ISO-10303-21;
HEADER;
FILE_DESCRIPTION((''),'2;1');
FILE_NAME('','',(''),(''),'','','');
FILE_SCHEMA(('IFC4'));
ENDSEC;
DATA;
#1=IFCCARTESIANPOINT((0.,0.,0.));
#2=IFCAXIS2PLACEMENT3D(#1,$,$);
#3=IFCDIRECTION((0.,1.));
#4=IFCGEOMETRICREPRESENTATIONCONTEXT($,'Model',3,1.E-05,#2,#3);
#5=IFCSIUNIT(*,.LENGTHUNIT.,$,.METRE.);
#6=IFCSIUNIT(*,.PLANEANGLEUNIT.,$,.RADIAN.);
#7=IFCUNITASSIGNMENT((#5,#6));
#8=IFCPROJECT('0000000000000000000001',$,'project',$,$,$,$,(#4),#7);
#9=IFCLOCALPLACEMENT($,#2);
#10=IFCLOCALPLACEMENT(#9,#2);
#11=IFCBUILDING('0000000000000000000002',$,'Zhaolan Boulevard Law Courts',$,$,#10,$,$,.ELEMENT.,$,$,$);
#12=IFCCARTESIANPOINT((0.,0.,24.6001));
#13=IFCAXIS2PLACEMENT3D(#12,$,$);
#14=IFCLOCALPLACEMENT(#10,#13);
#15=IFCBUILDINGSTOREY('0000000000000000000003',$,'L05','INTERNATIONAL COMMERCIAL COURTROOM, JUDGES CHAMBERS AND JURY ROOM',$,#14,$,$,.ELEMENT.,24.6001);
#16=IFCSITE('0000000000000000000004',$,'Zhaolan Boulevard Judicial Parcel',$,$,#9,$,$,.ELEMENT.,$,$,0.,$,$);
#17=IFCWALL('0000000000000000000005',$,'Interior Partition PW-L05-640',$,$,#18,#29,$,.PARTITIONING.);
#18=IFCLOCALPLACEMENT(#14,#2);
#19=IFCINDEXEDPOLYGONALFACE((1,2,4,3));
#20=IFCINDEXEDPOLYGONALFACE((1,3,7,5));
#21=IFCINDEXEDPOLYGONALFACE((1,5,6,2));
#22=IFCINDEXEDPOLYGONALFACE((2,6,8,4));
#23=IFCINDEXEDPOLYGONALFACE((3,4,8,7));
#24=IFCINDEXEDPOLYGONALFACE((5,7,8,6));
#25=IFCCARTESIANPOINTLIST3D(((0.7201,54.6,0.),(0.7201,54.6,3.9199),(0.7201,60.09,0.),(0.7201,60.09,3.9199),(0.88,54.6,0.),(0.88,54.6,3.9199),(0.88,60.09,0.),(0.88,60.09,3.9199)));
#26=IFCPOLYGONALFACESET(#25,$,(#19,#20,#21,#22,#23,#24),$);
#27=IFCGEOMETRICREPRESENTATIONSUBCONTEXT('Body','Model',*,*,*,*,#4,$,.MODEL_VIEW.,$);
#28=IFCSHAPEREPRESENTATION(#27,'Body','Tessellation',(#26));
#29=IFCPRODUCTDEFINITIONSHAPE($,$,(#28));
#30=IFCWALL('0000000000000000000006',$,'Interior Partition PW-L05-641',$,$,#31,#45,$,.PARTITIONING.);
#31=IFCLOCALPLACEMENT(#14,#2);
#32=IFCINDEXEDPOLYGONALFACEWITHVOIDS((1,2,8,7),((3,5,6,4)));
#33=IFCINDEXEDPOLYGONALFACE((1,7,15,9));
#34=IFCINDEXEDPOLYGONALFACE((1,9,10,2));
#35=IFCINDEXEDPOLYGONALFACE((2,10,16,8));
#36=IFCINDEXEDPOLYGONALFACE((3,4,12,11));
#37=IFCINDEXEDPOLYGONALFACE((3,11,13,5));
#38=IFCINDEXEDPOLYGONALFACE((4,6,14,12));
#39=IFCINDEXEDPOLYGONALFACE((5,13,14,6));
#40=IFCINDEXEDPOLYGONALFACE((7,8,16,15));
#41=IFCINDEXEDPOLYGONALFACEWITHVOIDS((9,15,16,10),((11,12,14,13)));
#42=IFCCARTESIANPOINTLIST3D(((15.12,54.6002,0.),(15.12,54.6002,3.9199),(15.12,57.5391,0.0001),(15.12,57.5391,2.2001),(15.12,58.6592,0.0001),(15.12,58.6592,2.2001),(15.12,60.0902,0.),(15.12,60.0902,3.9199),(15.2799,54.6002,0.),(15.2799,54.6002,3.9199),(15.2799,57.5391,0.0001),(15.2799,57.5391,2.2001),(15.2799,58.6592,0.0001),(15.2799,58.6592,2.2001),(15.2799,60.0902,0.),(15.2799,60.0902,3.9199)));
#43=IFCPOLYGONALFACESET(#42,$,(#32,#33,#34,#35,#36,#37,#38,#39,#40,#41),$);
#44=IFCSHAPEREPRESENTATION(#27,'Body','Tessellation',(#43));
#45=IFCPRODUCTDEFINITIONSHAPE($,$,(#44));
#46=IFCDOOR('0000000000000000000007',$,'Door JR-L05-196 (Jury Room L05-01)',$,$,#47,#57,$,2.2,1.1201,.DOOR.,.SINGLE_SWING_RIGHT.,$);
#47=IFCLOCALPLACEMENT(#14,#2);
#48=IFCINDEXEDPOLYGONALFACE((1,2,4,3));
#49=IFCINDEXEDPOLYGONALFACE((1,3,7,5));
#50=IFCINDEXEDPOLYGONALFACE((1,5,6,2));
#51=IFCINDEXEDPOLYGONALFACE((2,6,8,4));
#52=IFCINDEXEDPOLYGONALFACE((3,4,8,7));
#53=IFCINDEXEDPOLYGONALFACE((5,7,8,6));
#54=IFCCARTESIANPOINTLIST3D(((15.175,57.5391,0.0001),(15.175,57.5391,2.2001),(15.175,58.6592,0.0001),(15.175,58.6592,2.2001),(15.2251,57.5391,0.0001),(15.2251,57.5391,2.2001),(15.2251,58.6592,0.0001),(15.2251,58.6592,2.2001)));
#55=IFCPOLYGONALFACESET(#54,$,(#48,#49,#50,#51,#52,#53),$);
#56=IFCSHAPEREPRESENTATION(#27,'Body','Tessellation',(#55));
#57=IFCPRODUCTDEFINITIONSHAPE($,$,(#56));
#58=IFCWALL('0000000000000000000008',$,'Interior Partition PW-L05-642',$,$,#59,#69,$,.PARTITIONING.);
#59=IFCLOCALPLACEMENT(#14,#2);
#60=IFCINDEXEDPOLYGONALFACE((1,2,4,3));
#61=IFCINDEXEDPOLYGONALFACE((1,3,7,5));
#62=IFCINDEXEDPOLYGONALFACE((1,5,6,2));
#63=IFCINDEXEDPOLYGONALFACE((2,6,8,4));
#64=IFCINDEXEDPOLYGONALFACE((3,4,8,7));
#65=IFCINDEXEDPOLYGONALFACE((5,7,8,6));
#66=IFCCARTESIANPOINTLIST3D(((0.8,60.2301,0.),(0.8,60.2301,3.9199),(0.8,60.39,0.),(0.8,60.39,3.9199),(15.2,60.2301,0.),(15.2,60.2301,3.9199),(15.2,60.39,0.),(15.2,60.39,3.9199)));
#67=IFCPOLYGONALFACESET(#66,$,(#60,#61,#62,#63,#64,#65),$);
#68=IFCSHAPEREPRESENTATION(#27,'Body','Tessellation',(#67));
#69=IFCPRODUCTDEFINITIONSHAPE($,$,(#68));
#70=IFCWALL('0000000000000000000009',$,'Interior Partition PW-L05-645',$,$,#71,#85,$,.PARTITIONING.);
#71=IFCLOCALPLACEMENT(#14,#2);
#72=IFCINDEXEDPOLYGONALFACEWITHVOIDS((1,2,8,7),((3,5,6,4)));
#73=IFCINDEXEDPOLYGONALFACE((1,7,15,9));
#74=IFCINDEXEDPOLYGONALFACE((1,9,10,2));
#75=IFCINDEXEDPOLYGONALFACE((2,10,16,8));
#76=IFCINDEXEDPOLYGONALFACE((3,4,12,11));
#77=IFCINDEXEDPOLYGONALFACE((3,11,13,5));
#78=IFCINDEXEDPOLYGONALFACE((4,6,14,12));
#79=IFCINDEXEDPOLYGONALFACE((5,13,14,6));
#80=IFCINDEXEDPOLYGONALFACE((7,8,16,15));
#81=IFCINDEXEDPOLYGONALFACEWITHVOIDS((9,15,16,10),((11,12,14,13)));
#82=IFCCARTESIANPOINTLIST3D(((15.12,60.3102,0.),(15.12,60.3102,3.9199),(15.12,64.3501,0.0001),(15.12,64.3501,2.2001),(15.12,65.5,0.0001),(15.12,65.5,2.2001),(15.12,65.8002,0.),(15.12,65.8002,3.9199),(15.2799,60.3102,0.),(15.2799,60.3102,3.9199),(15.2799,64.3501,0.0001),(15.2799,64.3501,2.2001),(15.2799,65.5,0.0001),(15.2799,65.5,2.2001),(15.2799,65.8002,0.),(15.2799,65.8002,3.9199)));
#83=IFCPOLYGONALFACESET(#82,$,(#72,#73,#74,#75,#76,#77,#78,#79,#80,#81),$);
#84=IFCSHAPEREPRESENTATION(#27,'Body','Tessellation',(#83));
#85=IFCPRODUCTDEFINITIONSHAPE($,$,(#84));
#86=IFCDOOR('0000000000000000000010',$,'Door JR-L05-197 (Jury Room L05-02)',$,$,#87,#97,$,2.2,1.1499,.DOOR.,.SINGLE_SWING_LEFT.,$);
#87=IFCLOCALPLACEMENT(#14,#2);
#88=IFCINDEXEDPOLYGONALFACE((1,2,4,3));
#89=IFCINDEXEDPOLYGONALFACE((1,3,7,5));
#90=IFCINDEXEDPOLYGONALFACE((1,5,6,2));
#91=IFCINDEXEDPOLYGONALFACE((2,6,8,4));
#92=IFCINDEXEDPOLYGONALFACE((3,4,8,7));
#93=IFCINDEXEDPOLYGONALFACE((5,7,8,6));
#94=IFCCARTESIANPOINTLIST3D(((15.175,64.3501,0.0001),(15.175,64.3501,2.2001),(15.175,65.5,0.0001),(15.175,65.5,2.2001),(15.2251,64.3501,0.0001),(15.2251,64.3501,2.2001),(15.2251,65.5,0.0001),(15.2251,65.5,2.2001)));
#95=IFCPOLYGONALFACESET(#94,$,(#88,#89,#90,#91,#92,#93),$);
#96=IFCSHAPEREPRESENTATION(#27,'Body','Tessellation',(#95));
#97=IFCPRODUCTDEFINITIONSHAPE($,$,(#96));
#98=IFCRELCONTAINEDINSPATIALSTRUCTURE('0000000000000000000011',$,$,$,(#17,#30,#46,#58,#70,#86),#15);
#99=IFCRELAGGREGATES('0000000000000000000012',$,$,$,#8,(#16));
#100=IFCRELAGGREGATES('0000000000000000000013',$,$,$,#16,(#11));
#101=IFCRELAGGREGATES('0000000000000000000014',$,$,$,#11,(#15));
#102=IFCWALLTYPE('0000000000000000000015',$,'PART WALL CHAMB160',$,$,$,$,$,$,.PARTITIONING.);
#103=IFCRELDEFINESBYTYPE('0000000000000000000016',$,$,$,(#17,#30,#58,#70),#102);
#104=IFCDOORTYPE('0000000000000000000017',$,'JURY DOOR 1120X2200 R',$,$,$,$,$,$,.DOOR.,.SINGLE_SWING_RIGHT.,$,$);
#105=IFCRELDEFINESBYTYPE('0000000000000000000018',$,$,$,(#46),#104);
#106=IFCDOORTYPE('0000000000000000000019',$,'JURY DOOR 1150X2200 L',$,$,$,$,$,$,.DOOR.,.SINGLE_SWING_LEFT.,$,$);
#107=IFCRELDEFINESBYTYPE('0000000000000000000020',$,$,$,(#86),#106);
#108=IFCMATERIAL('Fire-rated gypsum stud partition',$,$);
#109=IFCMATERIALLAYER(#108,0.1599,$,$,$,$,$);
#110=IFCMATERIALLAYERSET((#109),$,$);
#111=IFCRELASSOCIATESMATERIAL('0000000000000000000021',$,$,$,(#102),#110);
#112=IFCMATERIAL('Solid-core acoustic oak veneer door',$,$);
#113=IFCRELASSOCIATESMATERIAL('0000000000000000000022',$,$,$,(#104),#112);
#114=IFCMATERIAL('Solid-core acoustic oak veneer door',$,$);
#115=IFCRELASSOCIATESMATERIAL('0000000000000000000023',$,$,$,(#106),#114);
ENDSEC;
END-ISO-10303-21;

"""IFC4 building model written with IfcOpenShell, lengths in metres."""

from ifc_helpers import new_model, si_unit, direction, frame, frame_2d, origin, place, context, subcontext, project, spatial, rectangle, extrude, material, layer, layer_set, type_object, element, fill, save


model = new_model("IFC4")

# Units and contexts
model_context = context("Model", 3, precision=1e-05, world=origin(), true_north=direction((0.0, 1.0)))
body_context = subcontext(model_context, "Body", "Model", "MODEL_VIEW")
ifc_project = project(units=[si_unit("LENGTHUNIT", "METRE"), si_unit("PLANEANGLEUNIT", "RADIAN")], contexts=[model_context])

# Site, building, storey
site_placement = place(None, origin())
site = spatial("IfcSite", under=ifc_project, at=site_placement, Name="Zhaolan Boulevard Judicial Parcel", CompositionType="ELEMENT", RefElevation=0.0)
building_placement = place(site_placement, origin())
building = spatial("IfcBuilding", under=site, at=building_placement, Name="Zhaolan Boulevard Law Courts", CompositionType="ELEMENT")
storey_placement = place(building_placement, frame((0.0, 0.0, 24.6001)))
storey = spatial("IfcBuildingStorey", under=building, at=storey_placement, Name="L05", Description="INTERNATIONAL COMMERCIAL COURTROOM, JUDGES CHAMBERS AND JURY ROOM", CompositionType="ELEMENT", Elevation=24.6001)

# Wall
ifc_material_1 = material(Name="Fire-rated gypsum stud partition")
ifc_layer_1 = layer(ifc_material_1, 0.1599)
ifc_layer_set_1 = layer_set([ifc_layer_1])
wall_type_1 = type_object("IfcWallType", Name="PART WALL CHAMB160", PredefinedType="PARTITIONING", material=ifc_layer_set_1)
wall_1_placement = place(storey_placement, frame((0.8, 60.0901, 0.0), z_axis=(0.0, 0.0, 1.0), x_axis=(0.0, -1.0, 0.0)))
element("IfcWall", 1, at=wall_1_placement, inside=storey, type_object=wall_type_1, Name="Interior Partition PW-L05-640", PredefinedType="PARTITIONING", context=body_context, shape_type="SweptSolid", body=[
    extrude(rectangle(XDim=5.49, YDim=0.1599, at=frame_2d((2.7451, 0.0))), origin(), (0.0, 0.0, 1.0), 3.9199),
])

# Wall, opening, door
wall_2_placement = place(storey_placement, frame((15.2, 54.6001, 0.0), z_axis=(0.0, 0.0, 1.0), x_axis=(0.0, 1.0, 0.0)))
wall_2 = element("IfcWall", 2, at=wall_2_placement, inside=storey, type_object=wall_type_1, Name="Interior Partition PW-L05-641", PredefinedType="PARTITIONING", context=body_context, shape_type="SweptSolid", body=[
    extrude(rectangle(XDim=5.49, YDim=0.1599, at=frame_2d((2.7451, 0.0))), origin(), (0.0, 0.0, 1.0), 3.9199),
])
opening_1_placement = place(wall_2_placement, frame((2.939, 0.0, 0.0)))
opening_1 = element("IfcOpeningElement", 3, at=opening_1_placement, cuts=wall_2, PredefinedType="OPENING", context=body_context, shape_type="SweptSolid", body=[
    extrude(rectangle(XDim=1.1201, YDim=2.2, at=frame_2d((0.5601, 1.1001))), frame((0.0, 0.0898, 0.0), z_axis=(0.0, -1.0, 0.0), x_axis=(1.0, 0.0, 0.0)), (0.0, 0.0, 1.0), 0.1799),
])
ifc_material_2 = material(Name="Solid-core acoustic oak veneer door")
door_type_1 = type_object("IfcDoorType", Name="JURY DOOR 1120X2200 R", OperationType="SINGLE_SWING_RIGHT", PredefinedType="DOOR", material=ifc_material_2)
door_1_placement = place(opening_1_placement, origin())
door_1 = element("IfcDoor", 4, at=door_1_placement, inside=storey, type_object=door_type_1, Name="Door JR-L05-196 (Jury Room L05-01)", OperationType="SINGLE_SWING_RIGHT", OverallHeight=2.2, OverallWidth=1.1201, PredefinedType="DOOR", context=body_context, shape_type="SweptSolid", body=[
    extrude(rectangle(XDim=1.1201, YDim=2.2, at=frame_2d((0.5601, 1.1001))), frame((0.0, 0.0249, 0.0), z_axis=(0.0, -1.0, 0.0), x_axis=(1.0, 0.0, 0.0)), (0.0, 0.0, 1.0), 0.05),
])
fill(opening_1, door_1)

# Wall
wall_3_placement = place(storey_placement, frame((0.8, 60.3101, 0.0), z_axis=(0.0, 0.0, 1.0), x_axis=(1.0, 0.0, 0.0)))
element("IfcWall", 5, at=wall_3_placement, inside=storey, type_object=wall_type_1, Name="Interior Partition PW-L05-642", PredefinedType="PARTITIONING", context=body_context, shape_type="SweptSolid", body=[
    extrude(rectangle(XDim=14.3999, YDim=0.1599, at=frame_2d((7.2, 0.0))), origin(), (0.0, 0.0, 1.0), 3.9199),
])

# Wall, opening, door
wall_4_placement = place(storey_placement, frame((15.2, 60.3101, 0.0), z_axis=(0.0, 0.0, 1.0), x_axis=(0.0, 1.0, 0.0)))
wall_4 = element("IfcWall", 6, at=wall_4_placement, inside=storey, type_object=wall_type_1, Name="Interior Partition PW-L05-645", PredefinedType="PARTITIONING", context=body_context, shape_type="SweptSolid", body=[
    extrude(rectangle(XDim=5.49, YDim=0.1599, at=frame_2d((2.7451, 0.0))), origin(), (0.0, 0.0, 1.0), 3.9199),
])
opening_2_placement = place(wall_4_placement, frame((4.04, 0.0, 0.0)))
opening_2 = element("IfcOpeningElement", 7, at=opening_2_placement, cuts=wall_4, PredefinedType="OPENING", context=body_context, shape_type="SweptSolid", body=[
    extrude(rectangle(XDim=1.1499, YDim=2.2, at=frame_2d((0.575, 1.1001))), frame((0.0, 0.0898, 0.0), z_axis=(0.0, -1.0, 0.0), x_axis=(1.0, 0.0, 0.0)), (0.0, 0.0, 1.0), 0.1799),
])
ifc_material_3 = material(Name="Solid-core acoustic oak veneer door")
door_type_2 = type_object("IfcDoorType", Name="JURY DOOR 1150X2200 L", OperationType="SINGLE_SWING_LEFT", PredefinedType="DOOR", material=ifc_material_3)
door_2_placement = place(opening_2_placement, origin())
door_2 = element("IfcDoor", 8, at=door_2_placement, inside=storey, type_object=door_type_2, Name="Door JR-L05-197 (Jury Room L05-02)", OperationType="SINGLE_SWING_LEFT", OverallHeight=2.2, OverallWidth=1.1499, PredefinedType="DOOR", context=body_context, shape_type="SweptSolid", body=[
    extrude(rectangle(XDim=1.1499, YDim=2.2, at=frame_2d((0.575, 1.1001))), frame((0.0, 0.0249, 0.0), z_axis=(0.0, -1.0, 0.0), x_axis=(1.0, 0.0, 0.0)), (0.0, 0.0, 1.0), 0.05),
])
fill(opening_2, door_2)

save(model, "model.ifc")
